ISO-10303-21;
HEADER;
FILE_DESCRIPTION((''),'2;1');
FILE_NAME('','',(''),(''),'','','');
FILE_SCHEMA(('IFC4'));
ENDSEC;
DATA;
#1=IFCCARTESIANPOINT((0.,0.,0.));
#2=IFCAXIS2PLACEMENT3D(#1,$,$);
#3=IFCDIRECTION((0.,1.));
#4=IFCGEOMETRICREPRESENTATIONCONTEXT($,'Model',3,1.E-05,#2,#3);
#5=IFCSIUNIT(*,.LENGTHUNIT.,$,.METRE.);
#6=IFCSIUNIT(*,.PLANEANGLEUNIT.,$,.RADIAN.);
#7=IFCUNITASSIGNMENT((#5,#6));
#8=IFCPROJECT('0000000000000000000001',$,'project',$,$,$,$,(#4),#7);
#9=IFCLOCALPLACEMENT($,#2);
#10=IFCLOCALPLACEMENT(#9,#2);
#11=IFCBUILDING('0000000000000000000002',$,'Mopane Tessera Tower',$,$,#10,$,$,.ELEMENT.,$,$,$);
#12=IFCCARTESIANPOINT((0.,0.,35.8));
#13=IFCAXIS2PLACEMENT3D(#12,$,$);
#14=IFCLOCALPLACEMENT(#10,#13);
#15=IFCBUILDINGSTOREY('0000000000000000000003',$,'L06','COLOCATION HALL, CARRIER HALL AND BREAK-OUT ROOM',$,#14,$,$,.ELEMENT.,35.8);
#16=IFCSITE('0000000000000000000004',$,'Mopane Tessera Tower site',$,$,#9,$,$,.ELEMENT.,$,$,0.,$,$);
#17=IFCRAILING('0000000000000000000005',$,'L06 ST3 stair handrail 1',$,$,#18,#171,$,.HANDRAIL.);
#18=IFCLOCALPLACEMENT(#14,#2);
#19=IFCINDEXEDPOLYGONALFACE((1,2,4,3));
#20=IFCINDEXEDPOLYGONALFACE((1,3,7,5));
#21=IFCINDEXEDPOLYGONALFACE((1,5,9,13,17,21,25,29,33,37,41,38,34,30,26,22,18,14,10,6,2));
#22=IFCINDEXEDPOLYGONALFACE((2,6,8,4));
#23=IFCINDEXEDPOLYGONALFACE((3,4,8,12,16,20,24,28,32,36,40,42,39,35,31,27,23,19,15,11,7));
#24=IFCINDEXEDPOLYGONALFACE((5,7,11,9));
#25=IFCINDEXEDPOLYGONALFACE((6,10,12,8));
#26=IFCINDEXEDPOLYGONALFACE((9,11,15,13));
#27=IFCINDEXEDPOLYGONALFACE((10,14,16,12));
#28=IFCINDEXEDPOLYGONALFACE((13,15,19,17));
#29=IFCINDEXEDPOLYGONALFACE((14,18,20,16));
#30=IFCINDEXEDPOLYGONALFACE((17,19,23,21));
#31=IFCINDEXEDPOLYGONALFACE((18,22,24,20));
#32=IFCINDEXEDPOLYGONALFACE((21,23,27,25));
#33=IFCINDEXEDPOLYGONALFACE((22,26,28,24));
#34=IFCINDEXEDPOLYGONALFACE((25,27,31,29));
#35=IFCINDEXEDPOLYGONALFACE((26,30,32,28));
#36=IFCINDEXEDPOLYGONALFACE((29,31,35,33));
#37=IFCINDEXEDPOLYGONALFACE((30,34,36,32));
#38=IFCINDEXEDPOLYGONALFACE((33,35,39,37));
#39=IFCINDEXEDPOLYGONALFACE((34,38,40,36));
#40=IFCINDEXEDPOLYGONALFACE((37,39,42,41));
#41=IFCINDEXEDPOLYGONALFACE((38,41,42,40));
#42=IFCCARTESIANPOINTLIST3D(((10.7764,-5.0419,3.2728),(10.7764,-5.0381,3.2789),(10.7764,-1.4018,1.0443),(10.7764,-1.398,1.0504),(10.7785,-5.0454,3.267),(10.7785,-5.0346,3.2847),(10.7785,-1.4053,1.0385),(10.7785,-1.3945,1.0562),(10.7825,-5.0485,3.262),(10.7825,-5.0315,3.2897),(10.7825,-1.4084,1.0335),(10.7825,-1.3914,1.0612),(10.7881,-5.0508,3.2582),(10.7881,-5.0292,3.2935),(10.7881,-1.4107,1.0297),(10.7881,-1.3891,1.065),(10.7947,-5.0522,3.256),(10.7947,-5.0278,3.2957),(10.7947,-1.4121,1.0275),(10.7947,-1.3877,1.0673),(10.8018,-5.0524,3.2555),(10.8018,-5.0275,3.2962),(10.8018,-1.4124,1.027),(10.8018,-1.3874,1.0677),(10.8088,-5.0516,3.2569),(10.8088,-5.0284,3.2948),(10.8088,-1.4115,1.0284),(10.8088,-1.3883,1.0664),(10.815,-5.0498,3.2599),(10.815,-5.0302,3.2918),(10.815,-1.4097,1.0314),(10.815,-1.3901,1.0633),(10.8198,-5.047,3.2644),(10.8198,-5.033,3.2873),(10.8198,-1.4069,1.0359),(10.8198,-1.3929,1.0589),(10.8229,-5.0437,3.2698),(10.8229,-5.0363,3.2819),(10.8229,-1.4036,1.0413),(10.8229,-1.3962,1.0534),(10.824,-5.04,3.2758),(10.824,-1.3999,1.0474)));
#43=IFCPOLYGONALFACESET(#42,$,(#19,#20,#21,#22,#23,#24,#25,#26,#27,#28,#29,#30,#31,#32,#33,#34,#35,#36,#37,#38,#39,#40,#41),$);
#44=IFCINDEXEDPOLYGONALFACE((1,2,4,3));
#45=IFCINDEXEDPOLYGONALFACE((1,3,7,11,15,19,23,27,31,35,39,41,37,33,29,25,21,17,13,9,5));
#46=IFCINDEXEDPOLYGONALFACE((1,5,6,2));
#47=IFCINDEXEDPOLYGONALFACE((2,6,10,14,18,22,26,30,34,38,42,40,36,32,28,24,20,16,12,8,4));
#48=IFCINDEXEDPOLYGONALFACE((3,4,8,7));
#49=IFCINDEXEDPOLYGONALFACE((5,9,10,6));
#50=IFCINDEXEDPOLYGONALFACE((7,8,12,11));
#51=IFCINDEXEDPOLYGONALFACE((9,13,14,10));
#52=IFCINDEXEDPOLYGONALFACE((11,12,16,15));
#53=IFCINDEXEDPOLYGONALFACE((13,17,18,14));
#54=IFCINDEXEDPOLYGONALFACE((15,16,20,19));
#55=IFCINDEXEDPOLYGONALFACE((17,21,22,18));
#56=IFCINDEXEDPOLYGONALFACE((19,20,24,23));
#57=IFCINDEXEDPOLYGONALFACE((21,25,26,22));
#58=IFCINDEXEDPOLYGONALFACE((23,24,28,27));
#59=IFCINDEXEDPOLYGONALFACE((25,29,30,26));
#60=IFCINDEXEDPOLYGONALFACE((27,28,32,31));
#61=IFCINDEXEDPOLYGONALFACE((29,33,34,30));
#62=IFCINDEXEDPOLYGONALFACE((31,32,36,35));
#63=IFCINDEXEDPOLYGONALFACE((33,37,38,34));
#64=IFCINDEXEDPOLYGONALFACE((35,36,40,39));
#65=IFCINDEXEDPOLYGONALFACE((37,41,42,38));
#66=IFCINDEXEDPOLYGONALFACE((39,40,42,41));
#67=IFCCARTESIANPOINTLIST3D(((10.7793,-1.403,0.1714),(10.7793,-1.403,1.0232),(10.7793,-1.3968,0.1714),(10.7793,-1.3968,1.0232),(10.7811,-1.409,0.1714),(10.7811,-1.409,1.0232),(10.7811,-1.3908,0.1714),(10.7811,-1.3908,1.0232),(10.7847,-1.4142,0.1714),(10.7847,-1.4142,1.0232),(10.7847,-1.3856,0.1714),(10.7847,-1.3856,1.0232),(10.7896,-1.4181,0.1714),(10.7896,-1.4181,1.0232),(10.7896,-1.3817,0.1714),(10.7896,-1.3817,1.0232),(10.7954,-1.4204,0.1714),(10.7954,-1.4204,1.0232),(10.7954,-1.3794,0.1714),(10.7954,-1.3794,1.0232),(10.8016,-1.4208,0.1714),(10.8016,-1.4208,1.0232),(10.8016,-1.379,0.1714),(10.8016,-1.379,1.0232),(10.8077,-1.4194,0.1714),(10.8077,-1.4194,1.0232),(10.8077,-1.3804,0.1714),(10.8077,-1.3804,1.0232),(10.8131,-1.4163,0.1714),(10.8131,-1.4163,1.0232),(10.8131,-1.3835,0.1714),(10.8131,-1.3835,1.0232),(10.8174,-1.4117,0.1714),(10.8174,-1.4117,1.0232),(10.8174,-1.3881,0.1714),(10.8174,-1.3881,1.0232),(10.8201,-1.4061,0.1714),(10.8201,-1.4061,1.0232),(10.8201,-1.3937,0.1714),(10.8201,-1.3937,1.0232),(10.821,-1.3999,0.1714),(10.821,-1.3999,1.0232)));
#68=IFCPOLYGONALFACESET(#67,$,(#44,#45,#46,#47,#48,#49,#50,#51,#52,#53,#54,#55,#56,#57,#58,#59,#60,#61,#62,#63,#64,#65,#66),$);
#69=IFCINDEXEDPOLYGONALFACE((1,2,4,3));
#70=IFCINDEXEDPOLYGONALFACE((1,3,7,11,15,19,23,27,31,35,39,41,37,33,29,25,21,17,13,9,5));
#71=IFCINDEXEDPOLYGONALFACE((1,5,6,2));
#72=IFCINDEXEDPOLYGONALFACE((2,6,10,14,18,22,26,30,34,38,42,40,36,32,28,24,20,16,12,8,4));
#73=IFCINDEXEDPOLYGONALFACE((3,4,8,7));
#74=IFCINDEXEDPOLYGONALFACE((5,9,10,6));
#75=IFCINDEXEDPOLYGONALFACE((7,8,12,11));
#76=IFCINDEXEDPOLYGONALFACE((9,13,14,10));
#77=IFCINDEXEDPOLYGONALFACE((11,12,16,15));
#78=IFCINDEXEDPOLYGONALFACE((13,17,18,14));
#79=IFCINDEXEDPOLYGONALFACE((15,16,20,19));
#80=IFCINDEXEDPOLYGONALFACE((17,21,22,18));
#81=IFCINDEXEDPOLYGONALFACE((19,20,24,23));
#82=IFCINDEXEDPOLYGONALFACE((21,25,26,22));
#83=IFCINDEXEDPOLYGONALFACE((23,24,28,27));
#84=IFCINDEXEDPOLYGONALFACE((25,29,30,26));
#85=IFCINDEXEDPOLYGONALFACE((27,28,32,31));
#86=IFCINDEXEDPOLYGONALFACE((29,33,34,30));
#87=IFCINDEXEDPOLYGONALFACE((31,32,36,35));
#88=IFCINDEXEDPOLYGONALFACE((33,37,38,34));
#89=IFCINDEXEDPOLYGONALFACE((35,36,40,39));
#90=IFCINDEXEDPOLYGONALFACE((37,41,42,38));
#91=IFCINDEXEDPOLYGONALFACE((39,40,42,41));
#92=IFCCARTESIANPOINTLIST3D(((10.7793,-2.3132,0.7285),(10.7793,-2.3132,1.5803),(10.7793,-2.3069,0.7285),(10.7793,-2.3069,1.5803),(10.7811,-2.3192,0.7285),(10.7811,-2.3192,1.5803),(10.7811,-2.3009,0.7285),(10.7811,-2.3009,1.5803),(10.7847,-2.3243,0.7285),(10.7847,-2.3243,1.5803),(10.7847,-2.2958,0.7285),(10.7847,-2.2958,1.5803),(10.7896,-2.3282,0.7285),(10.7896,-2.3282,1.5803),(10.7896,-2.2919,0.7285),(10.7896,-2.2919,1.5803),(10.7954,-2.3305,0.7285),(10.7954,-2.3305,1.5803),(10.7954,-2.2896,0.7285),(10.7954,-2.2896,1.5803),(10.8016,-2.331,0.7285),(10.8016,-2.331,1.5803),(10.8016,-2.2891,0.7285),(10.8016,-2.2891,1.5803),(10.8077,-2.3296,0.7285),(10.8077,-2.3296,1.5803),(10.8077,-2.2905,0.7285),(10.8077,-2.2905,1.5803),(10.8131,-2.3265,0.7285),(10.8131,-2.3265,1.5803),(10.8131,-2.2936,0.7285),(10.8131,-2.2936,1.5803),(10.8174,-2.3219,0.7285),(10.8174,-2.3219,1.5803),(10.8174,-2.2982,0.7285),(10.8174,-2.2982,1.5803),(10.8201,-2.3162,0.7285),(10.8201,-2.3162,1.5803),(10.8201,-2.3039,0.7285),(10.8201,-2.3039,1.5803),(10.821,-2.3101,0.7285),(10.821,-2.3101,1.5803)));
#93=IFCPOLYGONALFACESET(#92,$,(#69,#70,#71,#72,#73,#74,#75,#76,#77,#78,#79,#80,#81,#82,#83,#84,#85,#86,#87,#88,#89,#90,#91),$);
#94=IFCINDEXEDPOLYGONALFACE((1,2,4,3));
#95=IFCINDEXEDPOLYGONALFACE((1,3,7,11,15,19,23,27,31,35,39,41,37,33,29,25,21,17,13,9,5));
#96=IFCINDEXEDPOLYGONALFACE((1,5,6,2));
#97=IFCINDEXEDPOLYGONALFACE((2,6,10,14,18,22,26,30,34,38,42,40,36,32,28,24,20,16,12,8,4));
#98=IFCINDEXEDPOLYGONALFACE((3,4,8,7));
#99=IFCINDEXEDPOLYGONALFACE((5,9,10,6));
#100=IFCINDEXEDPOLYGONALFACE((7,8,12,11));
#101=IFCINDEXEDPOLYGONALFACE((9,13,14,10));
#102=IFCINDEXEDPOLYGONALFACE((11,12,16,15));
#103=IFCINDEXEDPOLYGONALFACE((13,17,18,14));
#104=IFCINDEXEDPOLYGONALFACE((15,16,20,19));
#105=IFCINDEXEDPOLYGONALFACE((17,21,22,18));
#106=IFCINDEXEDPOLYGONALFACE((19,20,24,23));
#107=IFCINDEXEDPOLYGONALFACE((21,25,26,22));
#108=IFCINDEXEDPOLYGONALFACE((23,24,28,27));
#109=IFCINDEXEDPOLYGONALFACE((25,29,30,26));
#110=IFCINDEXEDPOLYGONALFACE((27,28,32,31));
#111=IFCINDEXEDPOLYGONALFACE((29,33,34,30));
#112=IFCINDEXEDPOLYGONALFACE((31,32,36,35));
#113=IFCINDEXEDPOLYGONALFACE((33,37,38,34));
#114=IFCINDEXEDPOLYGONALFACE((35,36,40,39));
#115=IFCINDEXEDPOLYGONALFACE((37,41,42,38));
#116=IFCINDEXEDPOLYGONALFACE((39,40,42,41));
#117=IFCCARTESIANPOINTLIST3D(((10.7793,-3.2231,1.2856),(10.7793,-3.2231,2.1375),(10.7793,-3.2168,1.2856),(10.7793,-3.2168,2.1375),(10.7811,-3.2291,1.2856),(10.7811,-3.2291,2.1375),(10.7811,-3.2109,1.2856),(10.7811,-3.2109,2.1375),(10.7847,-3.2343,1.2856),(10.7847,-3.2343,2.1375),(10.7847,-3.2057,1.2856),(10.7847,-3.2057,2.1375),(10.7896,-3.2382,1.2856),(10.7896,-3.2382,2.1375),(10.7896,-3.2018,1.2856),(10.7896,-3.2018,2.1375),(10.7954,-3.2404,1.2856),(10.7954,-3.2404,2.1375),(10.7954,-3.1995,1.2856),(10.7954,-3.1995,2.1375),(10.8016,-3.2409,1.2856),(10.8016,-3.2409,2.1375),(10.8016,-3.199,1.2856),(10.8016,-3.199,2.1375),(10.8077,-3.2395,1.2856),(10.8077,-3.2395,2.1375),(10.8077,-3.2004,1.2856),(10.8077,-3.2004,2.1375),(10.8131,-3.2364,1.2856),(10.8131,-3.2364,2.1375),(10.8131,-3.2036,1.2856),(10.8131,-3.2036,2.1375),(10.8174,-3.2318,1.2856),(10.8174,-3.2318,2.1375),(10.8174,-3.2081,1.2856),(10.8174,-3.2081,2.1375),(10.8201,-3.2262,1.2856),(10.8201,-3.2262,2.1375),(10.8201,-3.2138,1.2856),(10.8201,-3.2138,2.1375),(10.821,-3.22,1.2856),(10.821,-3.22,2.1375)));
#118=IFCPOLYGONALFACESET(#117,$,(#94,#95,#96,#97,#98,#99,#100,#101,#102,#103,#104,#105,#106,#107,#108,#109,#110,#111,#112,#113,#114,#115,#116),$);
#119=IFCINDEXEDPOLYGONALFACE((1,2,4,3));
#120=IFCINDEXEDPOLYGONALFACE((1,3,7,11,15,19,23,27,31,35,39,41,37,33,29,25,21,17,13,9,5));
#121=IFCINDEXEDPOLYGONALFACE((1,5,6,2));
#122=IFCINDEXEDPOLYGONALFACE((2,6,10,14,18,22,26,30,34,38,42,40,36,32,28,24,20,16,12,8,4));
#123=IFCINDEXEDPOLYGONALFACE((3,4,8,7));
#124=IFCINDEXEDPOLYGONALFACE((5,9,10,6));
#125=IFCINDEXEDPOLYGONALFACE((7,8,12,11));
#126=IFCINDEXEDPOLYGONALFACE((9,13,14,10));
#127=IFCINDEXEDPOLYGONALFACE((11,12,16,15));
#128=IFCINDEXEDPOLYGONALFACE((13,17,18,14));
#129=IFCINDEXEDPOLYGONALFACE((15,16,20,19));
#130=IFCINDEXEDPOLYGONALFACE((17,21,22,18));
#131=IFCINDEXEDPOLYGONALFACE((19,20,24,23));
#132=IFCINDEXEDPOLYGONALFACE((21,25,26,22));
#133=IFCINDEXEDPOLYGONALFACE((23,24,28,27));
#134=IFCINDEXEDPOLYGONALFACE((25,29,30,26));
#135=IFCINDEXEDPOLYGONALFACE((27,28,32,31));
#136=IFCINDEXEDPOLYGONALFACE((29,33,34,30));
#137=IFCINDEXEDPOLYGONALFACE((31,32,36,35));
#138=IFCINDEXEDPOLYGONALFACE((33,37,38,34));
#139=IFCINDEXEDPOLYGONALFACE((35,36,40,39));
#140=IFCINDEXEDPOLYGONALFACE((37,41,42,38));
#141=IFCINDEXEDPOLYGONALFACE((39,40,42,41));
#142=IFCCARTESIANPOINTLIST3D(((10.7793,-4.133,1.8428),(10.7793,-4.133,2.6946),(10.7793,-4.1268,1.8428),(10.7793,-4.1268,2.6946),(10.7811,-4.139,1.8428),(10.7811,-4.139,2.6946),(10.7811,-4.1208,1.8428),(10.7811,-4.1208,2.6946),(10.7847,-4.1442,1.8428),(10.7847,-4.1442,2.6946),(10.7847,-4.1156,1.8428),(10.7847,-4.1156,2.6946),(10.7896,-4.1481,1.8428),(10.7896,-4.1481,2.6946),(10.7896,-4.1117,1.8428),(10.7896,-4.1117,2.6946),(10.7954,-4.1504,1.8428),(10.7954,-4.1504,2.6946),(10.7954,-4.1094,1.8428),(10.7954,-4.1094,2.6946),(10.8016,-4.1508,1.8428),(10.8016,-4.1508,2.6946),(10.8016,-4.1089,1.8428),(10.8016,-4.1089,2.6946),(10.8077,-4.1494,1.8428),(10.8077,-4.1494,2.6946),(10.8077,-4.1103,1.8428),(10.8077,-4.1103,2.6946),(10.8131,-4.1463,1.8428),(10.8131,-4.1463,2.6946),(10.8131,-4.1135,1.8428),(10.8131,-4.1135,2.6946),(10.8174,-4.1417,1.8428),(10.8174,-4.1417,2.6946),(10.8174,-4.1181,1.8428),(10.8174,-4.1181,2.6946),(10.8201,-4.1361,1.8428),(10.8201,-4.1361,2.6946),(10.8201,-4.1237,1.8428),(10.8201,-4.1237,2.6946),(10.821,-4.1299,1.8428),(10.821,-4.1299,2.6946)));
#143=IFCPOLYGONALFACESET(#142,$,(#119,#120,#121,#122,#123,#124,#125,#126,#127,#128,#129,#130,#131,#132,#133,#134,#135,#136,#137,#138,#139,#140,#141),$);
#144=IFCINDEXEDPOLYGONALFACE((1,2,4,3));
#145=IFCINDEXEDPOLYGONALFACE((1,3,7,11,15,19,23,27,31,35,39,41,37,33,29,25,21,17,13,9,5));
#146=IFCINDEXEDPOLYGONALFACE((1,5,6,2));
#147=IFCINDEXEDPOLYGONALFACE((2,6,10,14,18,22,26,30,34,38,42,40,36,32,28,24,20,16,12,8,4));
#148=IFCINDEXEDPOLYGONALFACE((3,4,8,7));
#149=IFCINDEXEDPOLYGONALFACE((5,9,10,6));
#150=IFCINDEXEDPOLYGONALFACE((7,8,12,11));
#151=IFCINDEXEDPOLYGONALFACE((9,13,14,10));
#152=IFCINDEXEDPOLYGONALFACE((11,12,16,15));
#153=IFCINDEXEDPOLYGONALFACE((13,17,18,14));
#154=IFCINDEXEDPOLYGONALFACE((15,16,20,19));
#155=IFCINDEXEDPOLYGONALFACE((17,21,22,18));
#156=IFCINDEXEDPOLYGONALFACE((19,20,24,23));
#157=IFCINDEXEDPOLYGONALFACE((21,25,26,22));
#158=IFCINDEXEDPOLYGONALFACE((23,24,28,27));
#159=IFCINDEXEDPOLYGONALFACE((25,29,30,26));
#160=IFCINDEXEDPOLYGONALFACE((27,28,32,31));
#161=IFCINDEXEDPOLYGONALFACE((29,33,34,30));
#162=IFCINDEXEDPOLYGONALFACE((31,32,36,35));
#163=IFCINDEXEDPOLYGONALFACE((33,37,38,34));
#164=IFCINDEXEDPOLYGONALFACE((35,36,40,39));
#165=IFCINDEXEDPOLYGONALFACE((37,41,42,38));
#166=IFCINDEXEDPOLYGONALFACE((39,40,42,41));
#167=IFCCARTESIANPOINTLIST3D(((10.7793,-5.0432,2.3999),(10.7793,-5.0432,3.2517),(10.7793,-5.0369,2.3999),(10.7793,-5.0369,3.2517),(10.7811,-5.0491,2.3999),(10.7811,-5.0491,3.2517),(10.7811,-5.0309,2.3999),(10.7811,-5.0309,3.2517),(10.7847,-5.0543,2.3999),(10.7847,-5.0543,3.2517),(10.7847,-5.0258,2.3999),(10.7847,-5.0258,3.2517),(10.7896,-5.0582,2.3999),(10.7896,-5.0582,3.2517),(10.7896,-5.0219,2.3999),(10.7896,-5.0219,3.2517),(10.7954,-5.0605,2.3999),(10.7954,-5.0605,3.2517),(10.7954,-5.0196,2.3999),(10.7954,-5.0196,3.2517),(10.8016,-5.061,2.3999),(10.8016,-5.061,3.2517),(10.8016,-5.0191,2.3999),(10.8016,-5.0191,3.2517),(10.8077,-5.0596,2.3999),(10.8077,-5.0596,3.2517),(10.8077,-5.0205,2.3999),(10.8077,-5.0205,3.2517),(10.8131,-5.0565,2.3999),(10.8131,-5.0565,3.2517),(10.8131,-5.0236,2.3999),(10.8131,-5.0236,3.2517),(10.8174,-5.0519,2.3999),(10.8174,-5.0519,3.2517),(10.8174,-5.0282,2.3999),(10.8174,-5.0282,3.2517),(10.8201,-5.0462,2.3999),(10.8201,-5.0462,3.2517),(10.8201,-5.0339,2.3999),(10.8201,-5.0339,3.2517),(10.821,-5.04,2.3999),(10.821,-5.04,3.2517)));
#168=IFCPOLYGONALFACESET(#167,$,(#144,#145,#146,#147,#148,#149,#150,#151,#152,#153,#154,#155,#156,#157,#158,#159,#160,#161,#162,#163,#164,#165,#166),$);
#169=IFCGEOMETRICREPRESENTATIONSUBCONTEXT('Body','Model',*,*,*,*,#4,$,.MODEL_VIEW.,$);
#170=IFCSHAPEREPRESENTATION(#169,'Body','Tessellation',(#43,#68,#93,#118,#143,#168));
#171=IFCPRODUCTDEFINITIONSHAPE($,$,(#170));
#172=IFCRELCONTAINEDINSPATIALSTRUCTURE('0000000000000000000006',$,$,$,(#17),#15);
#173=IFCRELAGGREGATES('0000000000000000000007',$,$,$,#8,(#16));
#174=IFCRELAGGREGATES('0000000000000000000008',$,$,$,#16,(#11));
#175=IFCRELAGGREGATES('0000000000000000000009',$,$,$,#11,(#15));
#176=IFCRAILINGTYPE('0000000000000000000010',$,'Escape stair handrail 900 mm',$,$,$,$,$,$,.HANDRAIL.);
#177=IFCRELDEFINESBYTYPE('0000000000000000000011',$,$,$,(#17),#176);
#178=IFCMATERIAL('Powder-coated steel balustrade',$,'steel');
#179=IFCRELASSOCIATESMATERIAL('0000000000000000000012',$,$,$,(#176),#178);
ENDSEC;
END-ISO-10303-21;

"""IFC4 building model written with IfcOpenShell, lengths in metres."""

from ifc_helpers import new_model, si_unit, direction, frame, origin, origin_2d, place, context, subcontext, project, spatial, circle, extrude, material, type_object, element, save


model = new_model("IFC4")

# Units and contexts
model_context = context("Model", 3, precision=1e-05, world=origin(), true_north=direction((0.0, 1.0)))
body_context = subcontext(model_context, "Body", "Model", "MODEL_VIEW")
ifc_project = project(units=[si_unit("LENGTHUNIT", "METRE"), si_unit("PLANEANGLEUNIT", "RADIAN")], contexts=[model_context])

# Site, building, storey
site_placement = place(None, origin())
site = spatial("IfcSite", under=ifc_project, at=site_placement, Name="Mopane Tessera Tower site", CompositionType="ELEMENT", RefElevation=0.0)
building_placement = place(site_placement, origin())
building = spatial("IfcBuilding", under=site, at=building_placement, Name="Mopane Tessera Tower", CompositionType="ELEMENT")
storey_placement = place(building_placement, frame((0.0, 0.0, 35.8)))
storey = spatial("IfcBuildingStorey", under=building, at=storey_placement, Name="L06", Description="COLOCATION HALL, CARRIER HALL AND BREAK-OUT ROOM", CompositionType="ELEMENT", Elevation=35.8)

# Railing
ifc_material_1 = material(Name="Powder-coated steel balustrade", Category="steel")
railing_type_1 = type_object("IfcRailingType", Name="Escape stair handrail 900 mm", PredefinedType="HANDRAIL", material=ifc_material_1)
railing_1_placement = place(storey_placement, frame((10.8, -1.3999, 0.1714)))
element("IfcRailing", 1, at=railing_1_placement, inside=storey, type_object=railing_type_1, Name="L06 ST3 stair handrail 1", PredefinedType="HANDRAIL", context=body_context, shape_type="SweptSolid", body=[
    extrude(circle(Radius=0.0239, at=origin_2d()), frame((0.0, 0.0, 0.876), z_axis=(0.0, -0.852866, 0.52213), x_axis=(1.0, 0.0, 0.0)), (0.0, 0.0, 1.0), 4.2681),
    extrude(circle(Radius=0.021, at=origin_2d()), origin(), (0.0, 0.0, 1.0), 0.8518),
    extrude(circle(Radius=0.021, at=origin_2d()), frame((0.0, -0.9102, 0.5571)), (0.0, 0.0, 1.0), 0.8518),
    extrude(circle(Radius=0.021, at=origin_2d()), frame((0.0, -1.8201, 1.1143)), (0.0, 0.0, 1.0), 0.8518),
    extrude(circle(Radius=0.021, at=origin_2d()), frame((0.0, -2.73, 1.6714)), (0.0, 0.0, 1.0), 0.8518),
    extrude(circle(Radius=0.021, at=origin_2d()), frame((0.0, -3.6401, 2.2285)), (0.0, 0.0, 1.0), 0.8518),
])

save(model, "model.ifc")
